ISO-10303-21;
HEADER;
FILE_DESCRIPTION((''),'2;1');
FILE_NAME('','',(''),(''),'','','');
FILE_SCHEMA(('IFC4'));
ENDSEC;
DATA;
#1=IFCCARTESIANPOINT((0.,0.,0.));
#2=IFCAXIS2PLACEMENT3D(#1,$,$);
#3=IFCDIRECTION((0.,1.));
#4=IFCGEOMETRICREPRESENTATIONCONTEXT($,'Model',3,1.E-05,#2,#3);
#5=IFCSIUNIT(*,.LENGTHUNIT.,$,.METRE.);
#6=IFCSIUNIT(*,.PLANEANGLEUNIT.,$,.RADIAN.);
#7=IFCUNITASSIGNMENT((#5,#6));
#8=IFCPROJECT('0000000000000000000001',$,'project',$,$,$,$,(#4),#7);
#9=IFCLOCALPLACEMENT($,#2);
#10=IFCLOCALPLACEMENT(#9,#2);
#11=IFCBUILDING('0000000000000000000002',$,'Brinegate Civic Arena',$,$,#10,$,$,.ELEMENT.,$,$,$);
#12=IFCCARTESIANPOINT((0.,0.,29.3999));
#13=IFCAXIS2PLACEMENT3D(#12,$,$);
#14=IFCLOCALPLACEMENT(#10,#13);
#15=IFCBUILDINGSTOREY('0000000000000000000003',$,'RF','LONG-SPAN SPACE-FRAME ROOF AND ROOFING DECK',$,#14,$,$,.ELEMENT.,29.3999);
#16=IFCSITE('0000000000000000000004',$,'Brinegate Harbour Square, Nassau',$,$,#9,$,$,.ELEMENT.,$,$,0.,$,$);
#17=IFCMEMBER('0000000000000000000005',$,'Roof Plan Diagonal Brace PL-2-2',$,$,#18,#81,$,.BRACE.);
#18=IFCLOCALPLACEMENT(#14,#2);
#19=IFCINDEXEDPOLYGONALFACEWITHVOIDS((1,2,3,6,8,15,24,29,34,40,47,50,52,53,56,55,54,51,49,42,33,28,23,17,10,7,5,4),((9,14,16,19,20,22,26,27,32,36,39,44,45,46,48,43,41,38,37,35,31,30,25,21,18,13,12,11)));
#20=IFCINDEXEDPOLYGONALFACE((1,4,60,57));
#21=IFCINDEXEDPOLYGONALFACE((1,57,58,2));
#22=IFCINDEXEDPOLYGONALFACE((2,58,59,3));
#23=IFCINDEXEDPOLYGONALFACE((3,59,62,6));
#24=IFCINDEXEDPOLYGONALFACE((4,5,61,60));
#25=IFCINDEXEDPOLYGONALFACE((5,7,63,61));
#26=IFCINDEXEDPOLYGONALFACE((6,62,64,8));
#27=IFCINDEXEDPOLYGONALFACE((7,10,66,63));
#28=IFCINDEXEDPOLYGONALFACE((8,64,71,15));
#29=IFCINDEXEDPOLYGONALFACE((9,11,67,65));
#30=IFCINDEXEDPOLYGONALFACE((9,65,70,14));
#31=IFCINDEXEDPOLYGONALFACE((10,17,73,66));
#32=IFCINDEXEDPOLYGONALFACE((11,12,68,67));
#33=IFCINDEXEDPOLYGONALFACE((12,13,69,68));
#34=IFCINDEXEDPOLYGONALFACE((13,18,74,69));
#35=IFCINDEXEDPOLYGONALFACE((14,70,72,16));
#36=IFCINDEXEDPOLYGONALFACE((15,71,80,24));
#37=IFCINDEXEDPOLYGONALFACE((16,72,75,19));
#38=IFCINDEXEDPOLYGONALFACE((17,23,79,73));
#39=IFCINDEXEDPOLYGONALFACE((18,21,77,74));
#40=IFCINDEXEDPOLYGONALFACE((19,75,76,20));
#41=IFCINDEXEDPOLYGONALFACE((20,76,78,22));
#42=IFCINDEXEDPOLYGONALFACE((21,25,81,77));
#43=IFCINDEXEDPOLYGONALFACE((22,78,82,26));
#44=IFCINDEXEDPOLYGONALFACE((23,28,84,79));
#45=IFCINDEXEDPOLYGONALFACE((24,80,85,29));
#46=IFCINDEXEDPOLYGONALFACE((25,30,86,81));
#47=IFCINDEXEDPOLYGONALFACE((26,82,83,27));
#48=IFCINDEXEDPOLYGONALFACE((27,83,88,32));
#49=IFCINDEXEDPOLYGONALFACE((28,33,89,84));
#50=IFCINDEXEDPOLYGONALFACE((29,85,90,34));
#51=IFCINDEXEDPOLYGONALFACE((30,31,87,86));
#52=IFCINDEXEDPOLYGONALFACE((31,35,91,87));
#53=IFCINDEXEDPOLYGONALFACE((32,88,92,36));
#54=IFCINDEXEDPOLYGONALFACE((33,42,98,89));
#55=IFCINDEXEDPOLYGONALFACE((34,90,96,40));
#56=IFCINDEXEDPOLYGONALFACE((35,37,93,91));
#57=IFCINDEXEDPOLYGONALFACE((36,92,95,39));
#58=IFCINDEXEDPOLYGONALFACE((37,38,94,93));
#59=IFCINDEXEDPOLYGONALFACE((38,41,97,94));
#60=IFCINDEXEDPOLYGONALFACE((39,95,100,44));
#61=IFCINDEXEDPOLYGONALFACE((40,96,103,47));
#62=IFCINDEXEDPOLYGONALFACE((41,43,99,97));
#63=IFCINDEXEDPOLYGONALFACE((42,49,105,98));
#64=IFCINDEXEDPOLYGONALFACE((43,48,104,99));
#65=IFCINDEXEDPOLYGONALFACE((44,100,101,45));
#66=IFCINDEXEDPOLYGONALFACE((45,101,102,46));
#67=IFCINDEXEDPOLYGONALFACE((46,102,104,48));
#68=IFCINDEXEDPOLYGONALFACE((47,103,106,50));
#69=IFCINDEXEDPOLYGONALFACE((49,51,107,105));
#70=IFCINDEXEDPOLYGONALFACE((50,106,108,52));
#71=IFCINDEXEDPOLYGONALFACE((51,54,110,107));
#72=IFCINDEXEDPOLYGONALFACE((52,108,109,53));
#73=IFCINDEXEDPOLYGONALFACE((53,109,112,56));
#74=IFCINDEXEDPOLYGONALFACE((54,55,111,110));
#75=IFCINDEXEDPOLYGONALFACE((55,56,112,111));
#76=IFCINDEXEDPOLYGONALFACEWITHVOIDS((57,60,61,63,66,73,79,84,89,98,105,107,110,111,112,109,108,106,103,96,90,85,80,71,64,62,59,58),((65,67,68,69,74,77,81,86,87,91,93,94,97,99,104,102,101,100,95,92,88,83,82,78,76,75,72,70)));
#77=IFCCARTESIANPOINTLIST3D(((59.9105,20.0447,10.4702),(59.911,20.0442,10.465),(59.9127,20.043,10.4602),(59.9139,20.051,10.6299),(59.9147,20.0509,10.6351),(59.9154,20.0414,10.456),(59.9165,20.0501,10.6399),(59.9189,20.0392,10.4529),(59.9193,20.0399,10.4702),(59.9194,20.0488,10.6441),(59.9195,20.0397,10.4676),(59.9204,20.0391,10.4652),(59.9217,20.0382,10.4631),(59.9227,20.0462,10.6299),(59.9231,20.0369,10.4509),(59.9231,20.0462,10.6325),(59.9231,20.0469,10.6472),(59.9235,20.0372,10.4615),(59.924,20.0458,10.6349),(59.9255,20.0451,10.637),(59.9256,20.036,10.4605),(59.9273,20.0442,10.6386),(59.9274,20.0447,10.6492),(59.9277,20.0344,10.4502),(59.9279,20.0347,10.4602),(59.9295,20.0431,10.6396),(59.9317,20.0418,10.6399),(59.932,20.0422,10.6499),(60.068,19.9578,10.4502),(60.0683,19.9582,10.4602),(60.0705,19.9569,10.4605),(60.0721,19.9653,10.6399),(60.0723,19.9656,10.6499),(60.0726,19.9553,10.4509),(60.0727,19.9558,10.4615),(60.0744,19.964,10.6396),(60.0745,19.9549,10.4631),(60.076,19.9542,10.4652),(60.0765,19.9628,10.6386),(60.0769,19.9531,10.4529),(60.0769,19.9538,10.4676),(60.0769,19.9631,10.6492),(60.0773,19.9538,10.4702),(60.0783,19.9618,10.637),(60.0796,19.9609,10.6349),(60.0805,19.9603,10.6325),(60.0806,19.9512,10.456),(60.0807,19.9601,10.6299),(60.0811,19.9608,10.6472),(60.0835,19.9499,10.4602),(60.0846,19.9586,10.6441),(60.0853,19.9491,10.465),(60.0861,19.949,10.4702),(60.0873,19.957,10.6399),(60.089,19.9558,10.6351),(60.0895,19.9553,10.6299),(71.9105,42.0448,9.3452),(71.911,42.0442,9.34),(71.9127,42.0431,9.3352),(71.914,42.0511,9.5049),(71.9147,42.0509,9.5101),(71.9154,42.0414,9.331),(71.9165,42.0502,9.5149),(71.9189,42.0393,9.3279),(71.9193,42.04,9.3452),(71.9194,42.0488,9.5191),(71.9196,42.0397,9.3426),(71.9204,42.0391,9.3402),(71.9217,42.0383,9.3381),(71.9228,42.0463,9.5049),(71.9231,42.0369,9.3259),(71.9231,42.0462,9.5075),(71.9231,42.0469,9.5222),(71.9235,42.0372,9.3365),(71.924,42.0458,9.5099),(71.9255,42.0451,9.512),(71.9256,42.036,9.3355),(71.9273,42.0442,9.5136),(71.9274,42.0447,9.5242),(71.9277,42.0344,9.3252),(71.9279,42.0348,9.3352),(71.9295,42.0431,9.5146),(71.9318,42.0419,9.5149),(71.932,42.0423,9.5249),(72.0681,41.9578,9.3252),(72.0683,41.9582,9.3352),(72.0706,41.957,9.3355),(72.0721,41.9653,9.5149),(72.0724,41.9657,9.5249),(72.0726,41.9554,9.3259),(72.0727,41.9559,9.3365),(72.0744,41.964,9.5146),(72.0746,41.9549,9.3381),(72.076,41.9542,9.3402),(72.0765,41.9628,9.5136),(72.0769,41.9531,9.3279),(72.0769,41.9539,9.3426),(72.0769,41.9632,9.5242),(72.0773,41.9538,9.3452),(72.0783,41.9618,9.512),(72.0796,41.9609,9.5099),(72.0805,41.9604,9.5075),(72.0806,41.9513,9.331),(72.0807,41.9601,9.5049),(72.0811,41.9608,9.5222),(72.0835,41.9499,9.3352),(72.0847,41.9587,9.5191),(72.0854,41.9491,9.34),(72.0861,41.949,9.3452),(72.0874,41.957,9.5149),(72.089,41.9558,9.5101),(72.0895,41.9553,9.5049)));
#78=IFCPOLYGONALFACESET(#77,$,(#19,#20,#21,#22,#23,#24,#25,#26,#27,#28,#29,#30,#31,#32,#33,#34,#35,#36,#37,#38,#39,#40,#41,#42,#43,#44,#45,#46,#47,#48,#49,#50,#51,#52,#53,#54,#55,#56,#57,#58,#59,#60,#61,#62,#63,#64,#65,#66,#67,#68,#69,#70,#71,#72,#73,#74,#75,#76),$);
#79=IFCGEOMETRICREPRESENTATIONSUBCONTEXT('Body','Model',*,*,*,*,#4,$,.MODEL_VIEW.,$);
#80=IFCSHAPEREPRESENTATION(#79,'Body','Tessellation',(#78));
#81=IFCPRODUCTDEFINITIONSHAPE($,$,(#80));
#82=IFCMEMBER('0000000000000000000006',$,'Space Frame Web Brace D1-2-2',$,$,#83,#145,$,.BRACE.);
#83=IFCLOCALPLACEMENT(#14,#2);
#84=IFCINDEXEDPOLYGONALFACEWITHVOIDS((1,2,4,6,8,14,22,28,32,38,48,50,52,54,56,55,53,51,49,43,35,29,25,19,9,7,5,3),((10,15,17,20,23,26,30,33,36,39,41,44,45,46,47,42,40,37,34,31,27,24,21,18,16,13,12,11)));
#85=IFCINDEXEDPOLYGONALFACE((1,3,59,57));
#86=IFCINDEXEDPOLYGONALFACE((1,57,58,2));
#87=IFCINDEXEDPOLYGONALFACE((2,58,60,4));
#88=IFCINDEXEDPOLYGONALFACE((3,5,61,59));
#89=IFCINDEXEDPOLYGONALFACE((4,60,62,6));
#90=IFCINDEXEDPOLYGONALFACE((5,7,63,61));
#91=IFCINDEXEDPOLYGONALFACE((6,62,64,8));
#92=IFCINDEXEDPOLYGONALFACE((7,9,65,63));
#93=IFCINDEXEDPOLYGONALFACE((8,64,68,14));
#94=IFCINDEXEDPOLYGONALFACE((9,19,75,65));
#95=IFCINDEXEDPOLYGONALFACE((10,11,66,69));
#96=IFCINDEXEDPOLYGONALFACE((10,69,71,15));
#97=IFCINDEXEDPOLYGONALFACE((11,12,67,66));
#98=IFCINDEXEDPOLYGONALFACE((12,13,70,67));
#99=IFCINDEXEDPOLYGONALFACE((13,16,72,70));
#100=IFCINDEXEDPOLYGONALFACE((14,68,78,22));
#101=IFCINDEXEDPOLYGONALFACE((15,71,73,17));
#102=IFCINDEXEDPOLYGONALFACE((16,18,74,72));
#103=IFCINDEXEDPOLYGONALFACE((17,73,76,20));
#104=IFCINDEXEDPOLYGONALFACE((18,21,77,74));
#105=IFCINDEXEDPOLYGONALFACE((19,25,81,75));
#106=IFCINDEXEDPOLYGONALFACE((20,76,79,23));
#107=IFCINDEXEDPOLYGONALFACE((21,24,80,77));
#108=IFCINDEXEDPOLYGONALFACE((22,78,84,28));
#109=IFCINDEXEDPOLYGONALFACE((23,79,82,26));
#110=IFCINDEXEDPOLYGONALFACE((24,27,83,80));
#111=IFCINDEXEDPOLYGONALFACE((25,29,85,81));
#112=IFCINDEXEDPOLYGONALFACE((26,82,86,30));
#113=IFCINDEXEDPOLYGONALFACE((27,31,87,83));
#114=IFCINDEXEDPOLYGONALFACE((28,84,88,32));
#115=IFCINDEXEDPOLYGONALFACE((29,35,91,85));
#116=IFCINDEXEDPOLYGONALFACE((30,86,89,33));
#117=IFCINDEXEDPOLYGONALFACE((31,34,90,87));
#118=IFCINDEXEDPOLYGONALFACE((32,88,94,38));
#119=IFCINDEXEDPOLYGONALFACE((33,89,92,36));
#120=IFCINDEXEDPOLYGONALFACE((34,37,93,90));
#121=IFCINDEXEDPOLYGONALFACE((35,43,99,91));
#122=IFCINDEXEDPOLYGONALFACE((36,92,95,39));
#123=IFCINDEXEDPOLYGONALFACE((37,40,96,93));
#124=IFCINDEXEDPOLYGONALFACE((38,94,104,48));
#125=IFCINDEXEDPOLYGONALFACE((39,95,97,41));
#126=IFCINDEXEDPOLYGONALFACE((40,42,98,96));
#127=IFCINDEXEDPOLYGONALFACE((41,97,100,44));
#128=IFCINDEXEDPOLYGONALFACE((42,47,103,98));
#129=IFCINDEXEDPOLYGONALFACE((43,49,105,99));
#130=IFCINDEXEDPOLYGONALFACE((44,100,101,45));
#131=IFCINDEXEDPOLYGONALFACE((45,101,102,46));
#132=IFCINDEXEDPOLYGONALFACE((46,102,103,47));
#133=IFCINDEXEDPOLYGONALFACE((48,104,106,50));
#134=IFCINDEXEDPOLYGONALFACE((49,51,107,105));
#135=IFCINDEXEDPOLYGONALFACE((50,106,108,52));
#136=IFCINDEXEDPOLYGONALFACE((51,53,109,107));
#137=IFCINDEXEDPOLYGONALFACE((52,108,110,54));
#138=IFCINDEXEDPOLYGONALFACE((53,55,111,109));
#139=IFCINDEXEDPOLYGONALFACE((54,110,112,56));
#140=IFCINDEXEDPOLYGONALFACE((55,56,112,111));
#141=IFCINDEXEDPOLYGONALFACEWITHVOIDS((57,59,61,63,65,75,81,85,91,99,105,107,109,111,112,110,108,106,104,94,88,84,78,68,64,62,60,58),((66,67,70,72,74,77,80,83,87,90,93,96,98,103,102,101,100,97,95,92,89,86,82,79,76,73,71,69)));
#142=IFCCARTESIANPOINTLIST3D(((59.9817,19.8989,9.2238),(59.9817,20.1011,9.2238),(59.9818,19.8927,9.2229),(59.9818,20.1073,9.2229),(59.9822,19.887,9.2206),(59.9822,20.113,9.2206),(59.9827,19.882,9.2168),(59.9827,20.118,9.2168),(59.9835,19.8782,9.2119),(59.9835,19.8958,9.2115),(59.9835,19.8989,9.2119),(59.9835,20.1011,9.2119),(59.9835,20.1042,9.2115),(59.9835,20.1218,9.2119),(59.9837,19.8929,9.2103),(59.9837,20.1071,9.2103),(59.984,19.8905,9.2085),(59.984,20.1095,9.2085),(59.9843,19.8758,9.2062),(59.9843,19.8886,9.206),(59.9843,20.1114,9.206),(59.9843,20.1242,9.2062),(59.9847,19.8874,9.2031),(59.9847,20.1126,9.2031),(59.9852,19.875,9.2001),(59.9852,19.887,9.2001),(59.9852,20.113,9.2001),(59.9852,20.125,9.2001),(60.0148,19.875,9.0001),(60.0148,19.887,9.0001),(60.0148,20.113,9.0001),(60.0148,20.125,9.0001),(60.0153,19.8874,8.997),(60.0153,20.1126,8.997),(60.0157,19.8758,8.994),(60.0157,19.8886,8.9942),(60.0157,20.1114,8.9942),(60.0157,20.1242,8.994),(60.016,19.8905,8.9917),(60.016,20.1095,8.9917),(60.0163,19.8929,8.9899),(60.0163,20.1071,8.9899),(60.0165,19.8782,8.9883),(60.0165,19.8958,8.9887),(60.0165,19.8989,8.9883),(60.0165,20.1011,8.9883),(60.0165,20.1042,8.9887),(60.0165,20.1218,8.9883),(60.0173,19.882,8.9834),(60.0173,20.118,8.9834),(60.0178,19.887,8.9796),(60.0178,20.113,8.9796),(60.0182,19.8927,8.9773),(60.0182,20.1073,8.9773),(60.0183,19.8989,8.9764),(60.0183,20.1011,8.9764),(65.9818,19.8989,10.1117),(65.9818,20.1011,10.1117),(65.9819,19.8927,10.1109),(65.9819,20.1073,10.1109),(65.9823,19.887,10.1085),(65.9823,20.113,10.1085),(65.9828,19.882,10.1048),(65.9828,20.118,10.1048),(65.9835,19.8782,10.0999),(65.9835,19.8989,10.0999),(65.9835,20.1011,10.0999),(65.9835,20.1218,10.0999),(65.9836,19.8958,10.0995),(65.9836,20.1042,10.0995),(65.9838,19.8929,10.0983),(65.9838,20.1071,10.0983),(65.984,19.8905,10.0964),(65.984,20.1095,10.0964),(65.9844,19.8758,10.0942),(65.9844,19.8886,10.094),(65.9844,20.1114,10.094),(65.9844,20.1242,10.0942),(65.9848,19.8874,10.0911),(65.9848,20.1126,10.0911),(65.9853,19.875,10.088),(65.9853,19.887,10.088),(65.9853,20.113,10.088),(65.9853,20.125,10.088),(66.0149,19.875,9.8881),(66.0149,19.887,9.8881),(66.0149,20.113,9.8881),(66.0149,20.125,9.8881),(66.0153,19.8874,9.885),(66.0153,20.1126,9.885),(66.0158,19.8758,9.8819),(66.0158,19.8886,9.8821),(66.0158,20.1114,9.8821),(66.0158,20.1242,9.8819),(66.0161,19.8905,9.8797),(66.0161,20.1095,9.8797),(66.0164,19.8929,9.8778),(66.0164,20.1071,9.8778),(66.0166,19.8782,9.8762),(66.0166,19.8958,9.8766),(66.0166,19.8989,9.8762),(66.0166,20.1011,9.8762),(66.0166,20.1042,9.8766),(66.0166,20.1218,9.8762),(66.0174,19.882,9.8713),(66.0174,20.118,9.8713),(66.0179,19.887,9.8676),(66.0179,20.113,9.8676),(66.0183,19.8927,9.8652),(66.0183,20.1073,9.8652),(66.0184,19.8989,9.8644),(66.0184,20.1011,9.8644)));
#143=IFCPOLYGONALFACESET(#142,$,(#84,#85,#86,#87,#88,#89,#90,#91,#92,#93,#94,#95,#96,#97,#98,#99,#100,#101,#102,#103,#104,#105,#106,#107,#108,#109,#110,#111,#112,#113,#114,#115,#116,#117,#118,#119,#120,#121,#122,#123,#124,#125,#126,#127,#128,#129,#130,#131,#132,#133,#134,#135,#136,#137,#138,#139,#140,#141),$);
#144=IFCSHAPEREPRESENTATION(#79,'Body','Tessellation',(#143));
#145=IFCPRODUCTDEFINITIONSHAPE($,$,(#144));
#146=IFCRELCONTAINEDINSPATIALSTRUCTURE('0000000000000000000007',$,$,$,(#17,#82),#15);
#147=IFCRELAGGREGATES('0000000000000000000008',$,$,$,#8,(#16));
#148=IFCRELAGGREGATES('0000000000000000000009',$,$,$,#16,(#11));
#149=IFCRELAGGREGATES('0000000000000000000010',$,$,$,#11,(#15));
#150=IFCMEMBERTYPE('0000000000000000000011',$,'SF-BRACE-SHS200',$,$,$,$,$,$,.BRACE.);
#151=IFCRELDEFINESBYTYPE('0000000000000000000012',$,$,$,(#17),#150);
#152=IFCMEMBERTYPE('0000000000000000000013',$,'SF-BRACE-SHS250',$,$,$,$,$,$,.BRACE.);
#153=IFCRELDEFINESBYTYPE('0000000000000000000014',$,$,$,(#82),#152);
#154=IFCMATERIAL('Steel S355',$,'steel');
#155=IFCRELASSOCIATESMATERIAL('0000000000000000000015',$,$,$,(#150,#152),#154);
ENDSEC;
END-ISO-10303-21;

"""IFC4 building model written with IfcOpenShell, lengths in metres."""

from ifc_helpers import new_model, si_unit, direction, frame, origin, origin_2d, place, context, subcontext, project, spatial, hollow_rectangle, extrude, material, material_profile, profile_set, type_object, element, save


model = new_model("IFC4")

# Units and contexts
model_context = context("Model", 3, precision=1e-05, world=origin(), true_north=direction((0.0, 1.0)))
body_context = subcontext(model_context, "Body", "Model", "MODEL_VIEW")
ifc_project = project(units=[si_unit("LENGTHUNIT", "METRE"), si_unit("PLANEANGLEUNIT", "RADIAN")], contexts=[model_context])

# Site, building, storey
site_placement = place(None, origin())
site = spatial("IfcSite", under=ifc_project, at=site_placement, Name="Brinegate Harbour Square, Nassau", CompositionType="ELEMENT", RefElevation=0.0)
building_placement = place(site_placement, origin())
building = spatial("IfcBuilding", under=site, at=building_placement, Name="Brinegate Civic Arena", CompositionType="ELEMENT")
storey_placement = place(building_placement, frame((0.0, 0.0, 29.3999)))
storey = spatial("IfcBuildingStorey", under=building, at=storey_placement, Name="RF", Description="LONG-SPAN SPACE-FRAME ROOF AND ROOFING DECK", CompositionType="ELEMENT", Elevation=29.3999)

# Shared definitions
ifc_material_1 = material(Name="Steel S355", Category="steel")

# Members
ifc_material_profile_1 = material_profile(ifc_material_1, hollow_rectangle(XDim=0.2, YDim=0.2, WallThickness=0.01, InnerFilletRadius=0.01, OuterFilletRadius=0.02, at=origin_2d()), Name="SHS200X10")
ifc_profile_set_1 = profile_set([ifc_material_profile_1], Name="Steel S355")
member_type_1 = type_object("IfcMemberType", Name="SF-BRACE-SHS200", PredefinedType="BRACE", material=ifc_profile_set_1)
member_1_placement = place(storey_placement, frame((60.0, 20.0, 10.55), z_axis=(0.47837, 0.877012, -0.044847), x_axis=(-0.877896, 0.478852, 0.0)))
element("IfcMember", 1, at=member_1_placement, inside=storey, type_object=member_type_1, Name="Roof Plan Diagonal Brace PL-2-2", PredefinedType="BRACE", context=body_context, shape_type="SweptSolid", body=[
    extrude(hollow_rectangle(XDim=0.2, YDim=0.2, WallThickness=0.01, InnerFilletRadius=0.01, OuterFilletRadius=0.02, at=origin_2d()), origin(), (0.0, 0.0, 1.0), 25.0852),
])
ifc_material_profile_2 = material_profile(ifc_material_1, hollow_rectangle(XDim=0.25, YDim=0.25, WallThickness=0.012, InnerFilletRadius=0.012, OuterFilletRadius=0.0239, at=origin_2d()), Name="SHS250X12")
ifc_profile_set_2 = profile_set([ifc_material_profile_2], Name="Steel S355")
member_type_2 = type_object("IfcMemberType", Name="SF-BRACE-SHS250", PredefinedType="BRACE", material=ifc_profile_set_2)
member_2_placement = place(storey_placement, frame((60.0, 20.0, 9.1001), z_axis=(0.989226, 0.0, 0.146395), x_axis=(0.0, 1.0, 0.0)))
element("IfcMember", 2, at=member_2_placement, inside=storey, type_object=member_type_2, Name="Space Frame Web Brace D1-2-2", PredefinedType="BRACE", context=body_context, shape_type="SweptSolid", body=[
    extrude(hollow_rectangle(XDim=0.25, YDim=0.25, WallThickness=0.012, InnerFilletRadius=0.012, OuterFilletRadius=0.0239, at=origin_2d()), origin(), (0.0, 0.0, 1.0), 6.0654),
])

save(model, "model.ifc")
